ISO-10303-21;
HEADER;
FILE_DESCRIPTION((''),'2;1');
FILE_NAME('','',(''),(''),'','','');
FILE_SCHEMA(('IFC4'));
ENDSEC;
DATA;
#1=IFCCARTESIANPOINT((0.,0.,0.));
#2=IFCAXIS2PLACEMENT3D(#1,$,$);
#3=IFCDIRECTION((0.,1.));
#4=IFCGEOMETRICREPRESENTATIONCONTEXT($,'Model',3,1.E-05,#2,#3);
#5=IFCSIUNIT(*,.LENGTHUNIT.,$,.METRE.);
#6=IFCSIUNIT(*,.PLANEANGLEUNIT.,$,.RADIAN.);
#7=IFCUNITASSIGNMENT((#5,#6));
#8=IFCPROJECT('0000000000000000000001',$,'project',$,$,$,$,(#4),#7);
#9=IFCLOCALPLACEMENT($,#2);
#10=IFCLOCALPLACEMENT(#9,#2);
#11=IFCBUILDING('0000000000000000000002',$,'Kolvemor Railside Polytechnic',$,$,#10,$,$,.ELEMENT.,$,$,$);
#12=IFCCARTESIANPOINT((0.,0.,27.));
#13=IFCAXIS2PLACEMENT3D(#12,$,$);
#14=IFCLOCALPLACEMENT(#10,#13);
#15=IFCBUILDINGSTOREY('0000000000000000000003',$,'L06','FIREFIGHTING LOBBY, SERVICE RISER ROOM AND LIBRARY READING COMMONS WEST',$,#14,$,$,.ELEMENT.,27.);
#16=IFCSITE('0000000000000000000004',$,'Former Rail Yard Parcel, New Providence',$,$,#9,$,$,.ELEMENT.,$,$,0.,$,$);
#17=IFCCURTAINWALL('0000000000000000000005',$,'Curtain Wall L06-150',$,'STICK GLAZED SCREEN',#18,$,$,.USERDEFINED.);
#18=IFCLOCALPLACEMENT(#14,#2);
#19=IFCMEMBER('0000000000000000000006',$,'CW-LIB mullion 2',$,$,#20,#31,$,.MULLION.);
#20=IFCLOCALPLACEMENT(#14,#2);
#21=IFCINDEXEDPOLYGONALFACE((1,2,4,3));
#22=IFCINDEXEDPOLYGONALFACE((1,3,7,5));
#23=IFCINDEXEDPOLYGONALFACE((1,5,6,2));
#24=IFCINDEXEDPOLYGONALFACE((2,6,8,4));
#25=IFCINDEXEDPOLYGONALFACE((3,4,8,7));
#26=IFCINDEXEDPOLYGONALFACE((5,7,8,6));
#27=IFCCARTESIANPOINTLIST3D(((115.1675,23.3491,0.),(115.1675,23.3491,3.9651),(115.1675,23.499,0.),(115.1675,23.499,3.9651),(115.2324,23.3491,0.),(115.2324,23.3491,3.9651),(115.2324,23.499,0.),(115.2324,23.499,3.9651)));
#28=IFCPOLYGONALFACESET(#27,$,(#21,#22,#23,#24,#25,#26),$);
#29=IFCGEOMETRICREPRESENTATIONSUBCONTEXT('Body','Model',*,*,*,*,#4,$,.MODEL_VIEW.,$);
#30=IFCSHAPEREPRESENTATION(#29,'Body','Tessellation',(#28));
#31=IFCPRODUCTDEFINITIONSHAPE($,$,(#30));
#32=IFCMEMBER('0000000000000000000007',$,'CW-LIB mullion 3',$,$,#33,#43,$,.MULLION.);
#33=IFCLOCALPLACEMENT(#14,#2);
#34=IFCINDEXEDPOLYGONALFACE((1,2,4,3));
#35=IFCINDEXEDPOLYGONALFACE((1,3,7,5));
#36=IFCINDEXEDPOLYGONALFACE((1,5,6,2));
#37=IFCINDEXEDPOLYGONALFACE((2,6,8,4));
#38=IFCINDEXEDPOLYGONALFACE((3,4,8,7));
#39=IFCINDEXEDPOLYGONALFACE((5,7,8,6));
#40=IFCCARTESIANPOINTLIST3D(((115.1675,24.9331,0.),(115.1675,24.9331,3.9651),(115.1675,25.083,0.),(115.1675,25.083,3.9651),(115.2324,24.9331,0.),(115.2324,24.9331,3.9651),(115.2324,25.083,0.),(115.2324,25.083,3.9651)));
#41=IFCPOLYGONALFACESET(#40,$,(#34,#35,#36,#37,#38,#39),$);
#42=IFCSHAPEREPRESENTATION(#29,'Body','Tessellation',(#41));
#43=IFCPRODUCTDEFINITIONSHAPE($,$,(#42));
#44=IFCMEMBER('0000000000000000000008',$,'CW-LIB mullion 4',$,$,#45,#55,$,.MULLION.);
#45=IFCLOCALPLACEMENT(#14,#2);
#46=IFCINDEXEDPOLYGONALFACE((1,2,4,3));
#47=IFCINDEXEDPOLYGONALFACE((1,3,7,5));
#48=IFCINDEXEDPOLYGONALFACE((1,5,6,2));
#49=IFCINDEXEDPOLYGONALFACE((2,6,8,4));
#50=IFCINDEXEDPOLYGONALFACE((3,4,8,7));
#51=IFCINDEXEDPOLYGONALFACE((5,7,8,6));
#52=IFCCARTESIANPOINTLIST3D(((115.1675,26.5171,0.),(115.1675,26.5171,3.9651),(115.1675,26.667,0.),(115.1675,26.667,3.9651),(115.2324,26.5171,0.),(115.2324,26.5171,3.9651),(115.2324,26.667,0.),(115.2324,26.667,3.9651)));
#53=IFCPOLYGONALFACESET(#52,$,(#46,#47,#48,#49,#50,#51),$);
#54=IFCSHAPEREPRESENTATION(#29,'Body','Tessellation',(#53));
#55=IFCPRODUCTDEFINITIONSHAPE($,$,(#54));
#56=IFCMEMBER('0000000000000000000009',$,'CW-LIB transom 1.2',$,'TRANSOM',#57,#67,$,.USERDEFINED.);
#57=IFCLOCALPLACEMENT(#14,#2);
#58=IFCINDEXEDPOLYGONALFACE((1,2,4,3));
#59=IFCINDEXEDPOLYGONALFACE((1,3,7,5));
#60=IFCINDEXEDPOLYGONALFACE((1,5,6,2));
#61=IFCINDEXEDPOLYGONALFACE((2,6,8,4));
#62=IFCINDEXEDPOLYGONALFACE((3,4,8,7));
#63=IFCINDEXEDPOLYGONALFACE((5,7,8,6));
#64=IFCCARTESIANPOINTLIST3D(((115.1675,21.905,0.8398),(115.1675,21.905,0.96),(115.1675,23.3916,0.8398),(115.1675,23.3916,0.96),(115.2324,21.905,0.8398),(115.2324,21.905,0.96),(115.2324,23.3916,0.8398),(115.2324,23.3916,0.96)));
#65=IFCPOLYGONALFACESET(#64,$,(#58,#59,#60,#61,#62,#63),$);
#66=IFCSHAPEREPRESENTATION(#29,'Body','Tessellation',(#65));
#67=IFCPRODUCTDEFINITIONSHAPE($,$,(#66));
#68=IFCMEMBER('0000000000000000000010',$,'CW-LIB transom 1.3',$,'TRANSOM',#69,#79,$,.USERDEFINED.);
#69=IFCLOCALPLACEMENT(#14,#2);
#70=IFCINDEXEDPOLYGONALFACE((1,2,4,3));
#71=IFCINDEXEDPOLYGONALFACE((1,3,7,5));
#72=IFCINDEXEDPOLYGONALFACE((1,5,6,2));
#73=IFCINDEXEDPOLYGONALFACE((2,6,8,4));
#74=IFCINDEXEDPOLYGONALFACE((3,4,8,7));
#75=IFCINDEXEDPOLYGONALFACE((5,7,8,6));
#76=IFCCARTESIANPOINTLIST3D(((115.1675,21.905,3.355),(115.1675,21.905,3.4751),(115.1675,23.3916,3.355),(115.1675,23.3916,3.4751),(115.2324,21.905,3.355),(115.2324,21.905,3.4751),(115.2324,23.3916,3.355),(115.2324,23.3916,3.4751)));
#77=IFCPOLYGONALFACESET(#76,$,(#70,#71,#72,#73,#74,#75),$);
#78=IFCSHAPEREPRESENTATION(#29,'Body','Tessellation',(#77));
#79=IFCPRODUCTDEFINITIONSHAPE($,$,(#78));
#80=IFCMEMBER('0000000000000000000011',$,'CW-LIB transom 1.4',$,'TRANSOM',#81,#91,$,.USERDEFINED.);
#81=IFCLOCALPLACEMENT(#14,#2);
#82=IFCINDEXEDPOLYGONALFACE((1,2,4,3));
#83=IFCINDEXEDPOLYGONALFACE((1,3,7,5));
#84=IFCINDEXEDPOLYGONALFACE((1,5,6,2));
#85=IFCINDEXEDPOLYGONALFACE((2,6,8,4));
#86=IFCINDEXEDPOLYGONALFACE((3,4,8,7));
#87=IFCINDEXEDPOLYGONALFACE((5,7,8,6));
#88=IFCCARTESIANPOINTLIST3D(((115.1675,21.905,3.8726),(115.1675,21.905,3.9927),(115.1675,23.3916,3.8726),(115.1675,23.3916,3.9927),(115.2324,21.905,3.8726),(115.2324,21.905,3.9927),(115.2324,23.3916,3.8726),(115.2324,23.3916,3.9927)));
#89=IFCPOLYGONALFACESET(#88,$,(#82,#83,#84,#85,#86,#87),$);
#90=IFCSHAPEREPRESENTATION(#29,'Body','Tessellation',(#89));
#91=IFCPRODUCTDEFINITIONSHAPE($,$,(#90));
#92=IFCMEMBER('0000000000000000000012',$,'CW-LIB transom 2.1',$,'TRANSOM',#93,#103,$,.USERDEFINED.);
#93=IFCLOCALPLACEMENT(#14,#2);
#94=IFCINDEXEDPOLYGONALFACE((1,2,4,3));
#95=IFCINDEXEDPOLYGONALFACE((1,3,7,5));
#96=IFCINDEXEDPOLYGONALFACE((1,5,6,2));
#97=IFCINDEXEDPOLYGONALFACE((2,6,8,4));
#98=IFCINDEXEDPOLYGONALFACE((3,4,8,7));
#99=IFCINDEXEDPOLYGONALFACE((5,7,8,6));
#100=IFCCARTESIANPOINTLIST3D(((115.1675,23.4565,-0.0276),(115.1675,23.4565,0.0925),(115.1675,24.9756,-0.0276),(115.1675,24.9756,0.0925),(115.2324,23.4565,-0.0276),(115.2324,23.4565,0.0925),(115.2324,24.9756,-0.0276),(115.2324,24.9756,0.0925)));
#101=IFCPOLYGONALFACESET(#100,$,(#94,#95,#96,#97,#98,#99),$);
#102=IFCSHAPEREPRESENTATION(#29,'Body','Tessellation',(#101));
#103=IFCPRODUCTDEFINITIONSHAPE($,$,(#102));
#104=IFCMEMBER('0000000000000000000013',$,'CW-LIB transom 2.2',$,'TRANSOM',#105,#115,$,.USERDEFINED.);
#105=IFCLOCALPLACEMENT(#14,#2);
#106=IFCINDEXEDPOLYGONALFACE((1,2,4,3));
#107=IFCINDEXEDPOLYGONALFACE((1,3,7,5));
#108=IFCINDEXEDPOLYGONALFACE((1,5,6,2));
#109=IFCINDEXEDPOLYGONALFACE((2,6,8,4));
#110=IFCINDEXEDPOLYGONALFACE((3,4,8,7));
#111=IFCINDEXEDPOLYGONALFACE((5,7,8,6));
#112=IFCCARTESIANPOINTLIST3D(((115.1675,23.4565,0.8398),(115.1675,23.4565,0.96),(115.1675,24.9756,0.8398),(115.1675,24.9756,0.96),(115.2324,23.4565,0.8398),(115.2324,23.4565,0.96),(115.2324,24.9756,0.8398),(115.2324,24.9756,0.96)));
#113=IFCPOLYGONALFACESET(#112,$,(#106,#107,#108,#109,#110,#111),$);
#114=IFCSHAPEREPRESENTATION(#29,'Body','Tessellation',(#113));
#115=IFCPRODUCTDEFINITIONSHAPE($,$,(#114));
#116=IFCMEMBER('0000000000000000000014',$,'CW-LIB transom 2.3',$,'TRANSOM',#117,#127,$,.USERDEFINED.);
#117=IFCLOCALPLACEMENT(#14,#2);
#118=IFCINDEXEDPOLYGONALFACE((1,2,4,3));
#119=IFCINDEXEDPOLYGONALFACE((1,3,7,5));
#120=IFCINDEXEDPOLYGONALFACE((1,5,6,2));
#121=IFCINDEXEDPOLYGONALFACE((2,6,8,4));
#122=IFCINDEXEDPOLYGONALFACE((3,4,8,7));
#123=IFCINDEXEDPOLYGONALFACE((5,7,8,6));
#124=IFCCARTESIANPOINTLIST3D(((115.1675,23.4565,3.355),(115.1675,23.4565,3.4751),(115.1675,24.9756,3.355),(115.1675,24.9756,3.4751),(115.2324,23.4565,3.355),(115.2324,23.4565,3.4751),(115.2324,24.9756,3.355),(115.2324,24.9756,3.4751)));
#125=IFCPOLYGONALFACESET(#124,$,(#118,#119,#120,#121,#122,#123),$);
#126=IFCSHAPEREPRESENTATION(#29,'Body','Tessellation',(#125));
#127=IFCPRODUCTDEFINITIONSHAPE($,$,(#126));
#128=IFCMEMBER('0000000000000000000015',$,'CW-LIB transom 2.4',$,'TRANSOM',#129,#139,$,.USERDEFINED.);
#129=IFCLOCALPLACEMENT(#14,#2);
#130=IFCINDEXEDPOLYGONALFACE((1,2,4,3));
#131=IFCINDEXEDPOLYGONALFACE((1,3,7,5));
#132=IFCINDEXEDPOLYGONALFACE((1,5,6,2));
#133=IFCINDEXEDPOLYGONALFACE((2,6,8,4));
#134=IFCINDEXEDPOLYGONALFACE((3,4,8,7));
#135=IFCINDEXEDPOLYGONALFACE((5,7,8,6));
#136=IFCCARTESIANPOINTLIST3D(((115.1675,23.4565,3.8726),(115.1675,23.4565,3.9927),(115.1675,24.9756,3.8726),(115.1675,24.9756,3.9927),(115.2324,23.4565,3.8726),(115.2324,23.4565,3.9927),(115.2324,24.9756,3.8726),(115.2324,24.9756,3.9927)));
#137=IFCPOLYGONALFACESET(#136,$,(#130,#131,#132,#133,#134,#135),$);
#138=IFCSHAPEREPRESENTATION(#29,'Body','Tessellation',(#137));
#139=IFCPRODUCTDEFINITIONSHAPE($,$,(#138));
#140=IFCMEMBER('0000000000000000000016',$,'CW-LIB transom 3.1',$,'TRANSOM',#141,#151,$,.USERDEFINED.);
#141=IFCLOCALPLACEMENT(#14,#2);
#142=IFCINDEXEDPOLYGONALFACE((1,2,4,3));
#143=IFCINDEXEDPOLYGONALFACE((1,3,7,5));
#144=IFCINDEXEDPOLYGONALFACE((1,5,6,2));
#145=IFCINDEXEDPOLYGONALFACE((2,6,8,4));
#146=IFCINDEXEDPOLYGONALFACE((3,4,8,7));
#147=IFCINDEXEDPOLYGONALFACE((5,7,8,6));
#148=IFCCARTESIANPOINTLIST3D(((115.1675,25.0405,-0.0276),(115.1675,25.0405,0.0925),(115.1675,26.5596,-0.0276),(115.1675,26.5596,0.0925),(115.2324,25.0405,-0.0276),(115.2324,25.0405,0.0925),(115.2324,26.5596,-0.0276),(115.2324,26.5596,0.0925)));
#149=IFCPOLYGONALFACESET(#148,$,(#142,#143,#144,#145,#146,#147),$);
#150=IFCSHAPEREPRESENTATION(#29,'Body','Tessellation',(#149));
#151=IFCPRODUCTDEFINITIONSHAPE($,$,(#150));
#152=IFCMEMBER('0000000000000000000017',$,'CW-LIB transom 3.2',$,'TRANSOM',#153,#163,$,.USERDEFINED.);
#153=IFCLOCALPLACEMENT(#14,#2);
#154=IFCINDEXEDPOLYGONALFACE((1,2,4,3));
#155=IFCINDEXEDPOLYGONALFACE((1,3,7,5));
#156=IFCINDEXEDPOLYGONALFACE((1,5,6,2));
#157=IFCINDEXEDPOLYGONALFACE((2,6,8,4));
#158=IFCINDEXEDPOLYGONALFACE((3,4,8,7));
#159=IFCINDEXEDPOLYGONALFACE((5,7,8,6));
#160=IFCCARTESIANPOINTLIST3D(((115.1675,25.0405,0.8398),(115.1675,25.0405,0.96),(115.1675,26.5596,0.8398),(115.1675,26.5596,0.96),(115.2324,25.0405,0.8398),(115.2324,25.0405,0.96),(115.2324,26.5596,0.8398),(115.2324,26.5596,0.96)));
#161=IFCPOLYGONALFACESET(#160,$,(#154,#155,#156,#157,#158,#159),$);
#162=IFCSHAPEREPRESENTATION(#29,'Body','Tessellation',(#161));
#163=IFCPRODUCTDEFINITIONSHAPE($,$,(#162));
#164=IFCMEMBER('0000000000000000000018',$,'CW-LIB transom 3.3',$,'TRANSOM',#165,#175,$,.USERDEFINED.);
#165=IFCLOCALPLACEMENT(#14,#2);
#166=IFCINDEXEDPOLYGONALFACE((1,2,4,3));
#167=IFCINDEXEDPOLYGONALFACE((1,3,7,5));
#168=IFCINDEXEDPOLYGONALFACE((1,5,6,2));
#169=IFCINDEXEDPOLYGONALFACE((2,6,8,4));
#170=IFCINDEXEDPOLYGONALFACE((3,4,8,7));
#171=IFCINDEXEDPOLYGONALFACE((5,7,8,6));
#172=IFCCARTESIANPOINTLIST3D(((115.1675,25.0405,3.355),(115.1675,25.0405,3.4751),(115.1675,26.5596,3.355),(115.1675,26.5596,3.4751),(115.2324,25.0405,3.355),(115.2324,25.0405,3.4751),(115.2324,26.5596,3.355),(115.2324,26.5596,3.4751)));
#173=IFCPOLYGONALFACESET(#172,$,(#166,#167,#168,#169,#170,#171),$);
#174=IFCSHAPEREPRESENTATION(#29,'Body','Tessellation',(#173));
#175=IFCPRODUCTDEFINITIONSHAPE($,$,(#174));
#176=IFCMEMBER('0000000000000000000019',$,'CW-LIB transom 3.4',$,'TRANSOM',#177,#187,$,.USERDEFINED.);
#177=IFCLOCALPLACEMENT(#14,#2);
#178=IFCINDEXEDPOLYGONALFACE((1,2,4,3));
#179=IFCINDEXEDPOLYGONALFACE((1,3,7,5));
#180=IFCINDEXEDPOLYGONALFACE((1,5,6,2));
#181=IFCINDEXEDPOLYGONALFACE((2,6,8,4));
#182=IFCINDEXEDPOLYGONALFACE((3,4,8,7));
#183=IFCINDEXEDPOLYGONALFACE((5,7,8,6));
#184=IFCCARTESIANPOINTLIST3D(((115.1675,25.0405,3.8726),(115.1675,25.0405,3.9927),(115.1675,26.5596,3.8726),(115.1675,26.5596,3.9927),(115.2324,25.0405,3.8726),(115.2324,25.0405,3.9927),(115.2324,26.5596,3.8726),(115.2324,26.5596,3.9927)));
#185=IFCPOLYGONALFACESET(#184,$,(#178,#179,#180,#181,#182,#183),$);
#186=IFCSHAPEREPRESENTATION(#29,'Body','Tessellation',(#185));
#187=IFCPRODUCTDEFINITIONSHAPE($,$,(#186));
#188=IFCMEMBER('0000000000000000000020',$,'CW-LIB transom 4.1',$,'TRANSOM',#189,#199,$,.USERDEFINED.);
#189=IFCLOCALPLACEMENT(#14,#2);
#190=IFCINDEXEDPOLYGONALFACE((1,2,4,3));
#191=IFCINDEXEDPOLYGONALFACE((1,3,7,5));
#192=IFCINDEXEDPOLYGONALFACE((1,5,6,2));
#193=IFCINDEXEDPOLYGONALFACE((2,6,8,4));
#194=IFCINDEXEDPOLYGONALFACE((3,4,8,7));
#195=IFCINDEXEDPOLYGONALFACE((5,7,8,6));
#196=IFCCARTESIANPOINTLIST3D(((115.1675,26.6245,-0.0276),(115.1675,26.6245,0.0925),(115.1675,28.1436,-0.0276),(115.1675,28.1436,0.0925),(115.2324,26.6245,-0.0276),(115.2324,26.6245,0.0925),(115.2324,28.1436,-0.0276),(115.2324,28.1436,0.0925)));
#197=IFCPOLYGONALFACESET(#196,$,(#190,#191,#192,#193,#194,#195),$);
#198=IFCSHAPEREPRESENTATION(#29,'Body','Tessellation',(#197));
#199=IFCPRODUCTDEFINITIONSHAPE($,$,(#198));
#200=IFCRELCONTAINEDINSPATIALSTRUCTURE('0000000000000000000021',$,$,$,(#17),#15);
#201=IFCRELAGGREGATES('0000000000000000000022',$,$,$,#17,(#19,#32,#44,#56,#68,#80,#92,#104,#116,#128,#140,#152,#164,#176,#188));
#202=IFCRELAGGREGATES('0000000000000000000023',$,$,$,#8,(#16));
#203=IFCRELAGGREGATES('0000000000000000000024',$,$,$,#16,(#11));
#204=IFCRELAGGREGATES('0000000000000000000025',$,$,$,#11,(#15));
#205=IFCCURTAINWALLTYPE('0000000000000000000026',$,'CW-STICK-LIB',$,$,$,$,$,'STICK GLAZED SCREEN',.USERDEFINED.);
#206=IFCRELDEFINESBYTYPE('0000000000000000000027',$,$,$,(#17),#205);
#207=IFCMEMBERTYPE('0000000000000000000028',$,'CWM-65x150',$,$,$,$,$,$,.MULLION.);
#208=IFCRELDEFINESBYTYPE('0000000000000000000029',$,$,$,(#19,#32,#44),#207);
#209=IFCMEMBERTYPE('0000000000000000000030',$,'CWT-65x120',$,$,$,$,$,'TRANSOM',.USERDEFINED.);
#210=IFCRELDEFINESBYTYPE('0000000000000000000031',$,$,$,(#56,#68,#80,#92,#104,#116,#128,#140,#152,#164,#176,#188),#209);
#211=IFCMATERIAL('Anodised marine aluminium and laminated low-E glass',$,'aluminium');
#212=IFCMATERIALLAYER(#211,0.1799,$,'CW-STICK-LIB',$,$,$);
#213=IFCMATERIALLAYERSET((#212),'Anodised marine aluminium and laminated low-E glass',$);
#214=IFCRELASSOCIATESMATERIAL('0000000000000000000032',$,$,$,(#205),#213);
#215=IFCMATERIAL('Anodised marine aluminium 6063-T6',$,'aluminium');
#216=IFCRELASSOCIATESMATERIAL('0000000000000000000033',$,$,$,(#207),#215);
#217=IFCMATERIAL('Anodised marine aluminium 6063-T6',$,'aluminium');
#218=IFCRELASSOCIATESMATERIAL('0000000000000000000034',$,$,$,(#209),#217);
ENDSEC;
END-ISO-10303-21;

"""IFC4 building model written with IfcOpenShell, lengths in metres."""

from ifc_helpers import new_model, si_unit, direction, frame, origin, origin_2d, place, context, subcontext, project, spatial, rectangle, extrude, material, layer, layer_set, material_profile, profile_set, type_object, element, aggregate, save


model = new_model("IFC4")

# Units and contexts
model_context = context("Model", 3, precision=1e-05, world=origin(), true_north=direction((0.0, 1.0)))
body_context = subcontext(model_context, "Body", "Model", "MODEL_VIEW")
ifc_project = project(units=[si_unit("LENGTHUNIT", "METRE"), si_unit("PLANEANGLEUNIT", "RADIAN")], contexts=[model_context])

# Site, building, storey
site_placement = place(None, origin())
site = spatial("IfcSite", under=ifc_project, at=site_placement, Name="Former Rail Yard Parcel, New Providence", CompositionType="ELEMENT", RefElevation=0.0)
building_placement = place(site_placement, origin())
building = spatial("IfcBuilding", under=site, at=building_placement, Name="Kolvemor Railside Polytechnic", CompositionType="ELEMENT")
storey_placement = place(building_placement, frame((0.0, 0.0, 27.0)))
storey = spatial("IfcBuildingStorey", under=building, at=storey_placement, Name="L06", Description="FIREFIGHTING LOBBY, SERVICE RISER ROOM AND LIBRARY READING COMMONS WEST", CompositionType="ELEMENT", Elevation=27.0)

# Curtain wall, members
ifc_material_1 = material(Name="Anodised marine aluminium and laminated low-E glass", Category="aluminium")
ifc_layer_1 = layer(ifc_material_1, 0.1799, Name="CW-STICK-LIB")
ifc_layer_set_1 = layer_set([ifc_layer_1], Name="Anodised marine aluminium and laminated low-E glass")
curtain_wall_type = type_object("IfcCurtainWallType", Name="CW-STICK-LIB", ElementType="STICK GLAZED SCREEN", PredefinedType="USERDEFINED", material=ifc_layer_set_1)
curtain_wall_placement = place(storey_placement, origin())
curtain_wall = element("IfcCurtainWall", 1, at=curtain_wall_placement, inside=storey, type_object=curtain_wall_type, Name="Curtain Wall L06-150", ObjectType="STICK GLAZED SCREEN", PredefinedType="USERDEFINED")
ifc_material_2 = material(Name="Anodised marine aluminium 6063-T6", Category="aluminium")
ifc_material_profile_1 = material_profile(ifc_material_2, rectangle(XDim=0.0649, YDim=0.1499, at=origin_2d()), Name="CW-MUL-65x150")
ifc_profile_set_1 = profile_set([ifc_material_profile_1], Name="Anodised marine aluminium 6063-T6")
member_type_1 = type_object("IfcMemberType", Name="CWM-65x150", PredefinedType="MULLION", material=ifc_profile_set_1)
member_1_placement = place(storey_placement, frame((115.2, 23.4241, 0.0), z_axis=(0.0, 0.0, 1.0), x_axis=(-1.0, 0.0, 0.0)))
member_1 = element("IfcMember", 2, at=member_1_placement, type_object=member_type_1, Name="CW-LIB mullion 2", PredefinedType="MULLION", context=body_context, shape_type="SweptSolid", body=[
    extrude(rectangle(XDim=0.0649, YDim=0.1499, at=origin_2d()), origin(), (0.0, 0.0, 1.0), 3.9651),
])
member_2_placement = place(storey_placement, frame((115.2, 25.0081, 0.0), z_axis=(0.0, 0.0, 1.0), x_axis=(-1.0, 0.0, 0.0)))
member_2 = element("IfcMember", 3, at=member_2_placement, type_object=member_type_1, Name="CW-LIB mullion 3", PredefinedType="MULLION", context=body_context, shape_type="SweptSolid", body=[
    extrude(rectangle(XDim=0.0649, YDim=0.1499, at=origin_2d()), origin(), (0.0, 0.0, 1.0), 3.9651),
])
member_3_placement = place(storey_placement, frame((115.2, 26.592, 0.0), z_axis=(0.0, 0.0, 1.0), x_axis=(-1.0, 0.0, 0.0)))
member_3 = element("IfcMember", 4, at=member_3_placement, type_object=member_type_1, Name="CW-LIB mullion 4", PredefinedType="MULLION", context=body_context, shape_type="SweptSolid", body=[
    extrude(rectangle(XDim=0.0649, YDim=0.1499, at=origin_2d()), origin(), (0.0, 0.0, 1.0), 3.9651),
])
ifc_material_3 = material(Name="Anodised marine aluminium 6063-T6", Category="aluminium")
ifc_material_profile_2 = material_profile(ifc_material_3, rectangle(XDim=0.0649, YDim=0.1201, at=origin_2d()), Name="CW-TRN-65x120")
ifc_profile_set_2 = profile_set([ifc_material_profile_2], Name="Anodised marine aluminium 6063-T6")
member_type_2 = type_object("IfcMemberType", Name="CWT-65x120", ElementType="TRANSOM", PredefinedType="USERDEFINED", material=ifc_profile_set_2)
member_4_placement = place(storey_placement, frame((115.2, 21.905, 0.8999), z_axis=(0.0, 1.0, 0.0), x_axis=(-1.0, 0.0, 0.0)))
member_4 = element("IfcMember", 5, at=member_4_placement, type_object=member_type_2, Name="CW-LIB transom 1.2", ObjectType="TRANSOM", PredefinedType="USERDEFINED", context=body_context, shape_type="SweptSolid", body=[
    extrude(rectangle(XDim=0.0649, YDim=0.1201, at=origin_2d()), origin(), (0.0, 0.0, 1.0), 1.4866),
])
member_5_placement = place(storey_placement, frame((115.2, 21.905, 3.415), z_axis=(0.0, 1.0, 0.0), x_axis=(-1.0, 0.0, 0.0)))
member_5 = element("IfcMember", 6, at=member_5_placement, type_object=member_type_2, Name="CW-LIB transom 1.3", ObjectType="TRANSOM", PredefinedType="USERDEFINED", context=body_context, shape_type="SweptSolid", body=[
    extrude(rectangle(XDim=0.0649, YDim=0.1201, at=origin_2d()), origin(), (0.0, 0.0, 1.0), 1.4866),
])
member_6_placement = place(storey_placement, frame((115.2, 21.905, 3.9326), z_axis=(0.0, 1.0, 0.0), x_axis=(-1.0, 0.0, 0.0)))
member_6 = element("IfcMember", 7, at=member_6_placement, type_object=member_type_2, Name="CW-LIB transom 1.4", ObjectType="TRANSOM", PredefinedType="USERDEFINED", context=body_context, shape_type="SweptSolid", body=[
    extrude(rectangle(XDim=0.0649, YDim=0.1201, at=origin_2d()), origin(), (0.0, 0.0, 1.0), 1.4866),
])
member_7_placement = place(storey_placement, frame((115.2, 23.4565, 0.0325), z_axis=(0.0, 1.0, 0.0), x_axis=(-1.0, 0.0, 0.0)))
member_7 = element("IfcMember", 8, at=member_7_placement, type_object=member_type_2, Name="CW-LIB transom 2.1", ObjectType="TRANSOM", PredefinedType="USERDEFINED", context=body_context, shape_type="SweptSolid", body=[
    extrude(rectangle(XDim=0.0649, YDim=0.1201, at=origin_2d()), origin(), (0.0, 0.0, 1.0), 1.519),
])
member_8_placement = place(storey_placement, frame((115.2, 23.4565, 0.8999), z_axis=(0.0, 1.0, 0.0), x_axis=(-1.0, 0.0, 0.0)))
member_8 = element("IfcMember", 9, at=member_8_placement, type_object=member_type_2, Name="CW-LIB transom 2.2", ObjectType="TRANSOM", PredefinedType="USERDEFINED", context=body_context, shape_type="SweptSolid", body=[
    extrude(rectangle(XDim=0.0649, YDim=0.1201, at=origin_2d()), origin(), (0.0, 0.0, 1.0), 1.519),
])
member_9_placement = place(storey_placement, frame((115.2, 23.4565, 3.415), z_axis=(0.0, 1.0, 0.0), x_axis=(-1.0, 0.0, 0.0)))
member_9 = element("IfcMember", 10, at=member_9_placement, type_object=member_type_2, Name="CW-LIB transom 2.3", ObjectType="TRANSOM", PredefinedType="USERDEFINED", context=body_context, shape_type="SweptSolid", body=[
    extrude(rectangle(XDim=0.0649, YDim=0.1201, at=origin_2d()), origin(), (0.0, 0.0, 1.0), 1.519),
])
member_10_placement = place(storey_placement, frame((115.2, 23.4565, 3.9326), z_axis=(0.0, 1.0, 0.0), x_axis=(-1.0, 0.0, 0.0)))
member_10 = element("IfcMember", 11, at=member_10_placement, type_object=member_type_2, Name="CW-LIB transom 2.4", ObjectType="TRANSOM", PredefinedType="USERDEFINED", context=body_context, shape_type="SweptSolid", body=[
    extrude(rectangle(XDim=0.0649, YDim=0.1201, at=origin_2d()), origin(), (0.0, 0.0, 1.0), 1.519),
])
member_11_placement = place(storey_placement, frame((115.2, 25.0405, 0.0325), z_axis=(0.0, 1.0, 0.0), x_axis=(-1.0, 0.0, 0.0)))
member_11 = element("IfcMember", 12, at=member_11_placement, type_object=member_type_2, Name="CW-LIB transom 3.1", ObjectType="TRANSOM", PredefinedType="USERDEFINED", context=body_context, shape_type="SweptSolid", body=[
    extrude(rectangle(XDim=0.0649, YDim=0.1201, at=origin_2d()), origin(), (0.0, 0.0, 1.0), 1.519),
])
member_12_placement = place(storey_placement, frame((115.2, 25.0405, 0.8999), z_axis=(0.0, 1.0, 0.0), x_axis=(-1.0, 0.0, 0.0)))
member_12 = element("IfcMember", 13, at=member_12_placement, type_object=member_type_2, Name="CW-LIB transom 3.2", ObjectType="TRANSOM", PredefinedType="USERDEFINED", context=body_context, shape_type="SweptSolid", body=[
    extrude(rectangle(XDim=0.0649, YDim=0.1201, at=origin_2d()), origin(), (0.0, 0.0, 1.0), 1.519),
])
member_13_placement = place(storey_placement, frame((115.2, 25.0405, 3.415), z_axis=(0.0, 1.0, 0.0), x_axis=(-1.0, 0.0, 0.0)))
member_13 = element("IfcMember", 14, at=member_13_placement, type_object=member_type_2, Name="CW-LIB transom 3.3", ObjectType="TRANSOM", PredefinedType="USERDEFINED", context=body_context, shape_type="SweptSolid", body=[
    extrude(rectangle(XDim=0.0649, YDim=0.1201, at=origin_2d()), origin(), (0.0, 0.0, 1.0), 1.519),
])
member_14_placement = place(storey_placement, frame((115.2, 25.0405, 3.9326), z_axis=(0.0, 1.0, 0.0), x_axis=(-1.0, 0.0, 0.0)))
member_14 = element("IfcMember", 15, at=member_14_placement, type_object=member_type_2, Name="CW-LIB transom 3.4", ObjectType="TRANSOM", PredefinedType="USERDEFINED", context=body_context, shape_type="SweptSolid", body=[
    extrude(rectangle(XDim=0.0649, YDim=0.1201, at=origin_2d()), origin(), (0.0, 0.0, 1.0), 1.519),
])
member_15_placement = place(storey_placement, frame((115.2, 26.6245, 0.0325), z_axis=(0.0, 1.0, 0.0), x_axis=(-1.0, 0.0, 0.0)))
member_15 = element("IfcMember", 16, at=member_15_placement, type_object=member_type_2, Name="CW-LIB transom 4.1", ObjectType="TRANSOM", PredefinedType="USERDEFINED", context=body_context, shape_type="SweptSolid", body=[
    extrude(rectangle(XDim=0.0649, YDim=0.1201, at=origin_2d()), origin(), (0.0, 0.0, 1.0), 1.519),
])
aggregate(curtain_wall, [member_1, member_2, member_3, member_4, member_5, member_6, member_7, member_8, member_9, member_10, member_11, member_12, member_13, member_14, member_15])

save(model, "model.ifc")
